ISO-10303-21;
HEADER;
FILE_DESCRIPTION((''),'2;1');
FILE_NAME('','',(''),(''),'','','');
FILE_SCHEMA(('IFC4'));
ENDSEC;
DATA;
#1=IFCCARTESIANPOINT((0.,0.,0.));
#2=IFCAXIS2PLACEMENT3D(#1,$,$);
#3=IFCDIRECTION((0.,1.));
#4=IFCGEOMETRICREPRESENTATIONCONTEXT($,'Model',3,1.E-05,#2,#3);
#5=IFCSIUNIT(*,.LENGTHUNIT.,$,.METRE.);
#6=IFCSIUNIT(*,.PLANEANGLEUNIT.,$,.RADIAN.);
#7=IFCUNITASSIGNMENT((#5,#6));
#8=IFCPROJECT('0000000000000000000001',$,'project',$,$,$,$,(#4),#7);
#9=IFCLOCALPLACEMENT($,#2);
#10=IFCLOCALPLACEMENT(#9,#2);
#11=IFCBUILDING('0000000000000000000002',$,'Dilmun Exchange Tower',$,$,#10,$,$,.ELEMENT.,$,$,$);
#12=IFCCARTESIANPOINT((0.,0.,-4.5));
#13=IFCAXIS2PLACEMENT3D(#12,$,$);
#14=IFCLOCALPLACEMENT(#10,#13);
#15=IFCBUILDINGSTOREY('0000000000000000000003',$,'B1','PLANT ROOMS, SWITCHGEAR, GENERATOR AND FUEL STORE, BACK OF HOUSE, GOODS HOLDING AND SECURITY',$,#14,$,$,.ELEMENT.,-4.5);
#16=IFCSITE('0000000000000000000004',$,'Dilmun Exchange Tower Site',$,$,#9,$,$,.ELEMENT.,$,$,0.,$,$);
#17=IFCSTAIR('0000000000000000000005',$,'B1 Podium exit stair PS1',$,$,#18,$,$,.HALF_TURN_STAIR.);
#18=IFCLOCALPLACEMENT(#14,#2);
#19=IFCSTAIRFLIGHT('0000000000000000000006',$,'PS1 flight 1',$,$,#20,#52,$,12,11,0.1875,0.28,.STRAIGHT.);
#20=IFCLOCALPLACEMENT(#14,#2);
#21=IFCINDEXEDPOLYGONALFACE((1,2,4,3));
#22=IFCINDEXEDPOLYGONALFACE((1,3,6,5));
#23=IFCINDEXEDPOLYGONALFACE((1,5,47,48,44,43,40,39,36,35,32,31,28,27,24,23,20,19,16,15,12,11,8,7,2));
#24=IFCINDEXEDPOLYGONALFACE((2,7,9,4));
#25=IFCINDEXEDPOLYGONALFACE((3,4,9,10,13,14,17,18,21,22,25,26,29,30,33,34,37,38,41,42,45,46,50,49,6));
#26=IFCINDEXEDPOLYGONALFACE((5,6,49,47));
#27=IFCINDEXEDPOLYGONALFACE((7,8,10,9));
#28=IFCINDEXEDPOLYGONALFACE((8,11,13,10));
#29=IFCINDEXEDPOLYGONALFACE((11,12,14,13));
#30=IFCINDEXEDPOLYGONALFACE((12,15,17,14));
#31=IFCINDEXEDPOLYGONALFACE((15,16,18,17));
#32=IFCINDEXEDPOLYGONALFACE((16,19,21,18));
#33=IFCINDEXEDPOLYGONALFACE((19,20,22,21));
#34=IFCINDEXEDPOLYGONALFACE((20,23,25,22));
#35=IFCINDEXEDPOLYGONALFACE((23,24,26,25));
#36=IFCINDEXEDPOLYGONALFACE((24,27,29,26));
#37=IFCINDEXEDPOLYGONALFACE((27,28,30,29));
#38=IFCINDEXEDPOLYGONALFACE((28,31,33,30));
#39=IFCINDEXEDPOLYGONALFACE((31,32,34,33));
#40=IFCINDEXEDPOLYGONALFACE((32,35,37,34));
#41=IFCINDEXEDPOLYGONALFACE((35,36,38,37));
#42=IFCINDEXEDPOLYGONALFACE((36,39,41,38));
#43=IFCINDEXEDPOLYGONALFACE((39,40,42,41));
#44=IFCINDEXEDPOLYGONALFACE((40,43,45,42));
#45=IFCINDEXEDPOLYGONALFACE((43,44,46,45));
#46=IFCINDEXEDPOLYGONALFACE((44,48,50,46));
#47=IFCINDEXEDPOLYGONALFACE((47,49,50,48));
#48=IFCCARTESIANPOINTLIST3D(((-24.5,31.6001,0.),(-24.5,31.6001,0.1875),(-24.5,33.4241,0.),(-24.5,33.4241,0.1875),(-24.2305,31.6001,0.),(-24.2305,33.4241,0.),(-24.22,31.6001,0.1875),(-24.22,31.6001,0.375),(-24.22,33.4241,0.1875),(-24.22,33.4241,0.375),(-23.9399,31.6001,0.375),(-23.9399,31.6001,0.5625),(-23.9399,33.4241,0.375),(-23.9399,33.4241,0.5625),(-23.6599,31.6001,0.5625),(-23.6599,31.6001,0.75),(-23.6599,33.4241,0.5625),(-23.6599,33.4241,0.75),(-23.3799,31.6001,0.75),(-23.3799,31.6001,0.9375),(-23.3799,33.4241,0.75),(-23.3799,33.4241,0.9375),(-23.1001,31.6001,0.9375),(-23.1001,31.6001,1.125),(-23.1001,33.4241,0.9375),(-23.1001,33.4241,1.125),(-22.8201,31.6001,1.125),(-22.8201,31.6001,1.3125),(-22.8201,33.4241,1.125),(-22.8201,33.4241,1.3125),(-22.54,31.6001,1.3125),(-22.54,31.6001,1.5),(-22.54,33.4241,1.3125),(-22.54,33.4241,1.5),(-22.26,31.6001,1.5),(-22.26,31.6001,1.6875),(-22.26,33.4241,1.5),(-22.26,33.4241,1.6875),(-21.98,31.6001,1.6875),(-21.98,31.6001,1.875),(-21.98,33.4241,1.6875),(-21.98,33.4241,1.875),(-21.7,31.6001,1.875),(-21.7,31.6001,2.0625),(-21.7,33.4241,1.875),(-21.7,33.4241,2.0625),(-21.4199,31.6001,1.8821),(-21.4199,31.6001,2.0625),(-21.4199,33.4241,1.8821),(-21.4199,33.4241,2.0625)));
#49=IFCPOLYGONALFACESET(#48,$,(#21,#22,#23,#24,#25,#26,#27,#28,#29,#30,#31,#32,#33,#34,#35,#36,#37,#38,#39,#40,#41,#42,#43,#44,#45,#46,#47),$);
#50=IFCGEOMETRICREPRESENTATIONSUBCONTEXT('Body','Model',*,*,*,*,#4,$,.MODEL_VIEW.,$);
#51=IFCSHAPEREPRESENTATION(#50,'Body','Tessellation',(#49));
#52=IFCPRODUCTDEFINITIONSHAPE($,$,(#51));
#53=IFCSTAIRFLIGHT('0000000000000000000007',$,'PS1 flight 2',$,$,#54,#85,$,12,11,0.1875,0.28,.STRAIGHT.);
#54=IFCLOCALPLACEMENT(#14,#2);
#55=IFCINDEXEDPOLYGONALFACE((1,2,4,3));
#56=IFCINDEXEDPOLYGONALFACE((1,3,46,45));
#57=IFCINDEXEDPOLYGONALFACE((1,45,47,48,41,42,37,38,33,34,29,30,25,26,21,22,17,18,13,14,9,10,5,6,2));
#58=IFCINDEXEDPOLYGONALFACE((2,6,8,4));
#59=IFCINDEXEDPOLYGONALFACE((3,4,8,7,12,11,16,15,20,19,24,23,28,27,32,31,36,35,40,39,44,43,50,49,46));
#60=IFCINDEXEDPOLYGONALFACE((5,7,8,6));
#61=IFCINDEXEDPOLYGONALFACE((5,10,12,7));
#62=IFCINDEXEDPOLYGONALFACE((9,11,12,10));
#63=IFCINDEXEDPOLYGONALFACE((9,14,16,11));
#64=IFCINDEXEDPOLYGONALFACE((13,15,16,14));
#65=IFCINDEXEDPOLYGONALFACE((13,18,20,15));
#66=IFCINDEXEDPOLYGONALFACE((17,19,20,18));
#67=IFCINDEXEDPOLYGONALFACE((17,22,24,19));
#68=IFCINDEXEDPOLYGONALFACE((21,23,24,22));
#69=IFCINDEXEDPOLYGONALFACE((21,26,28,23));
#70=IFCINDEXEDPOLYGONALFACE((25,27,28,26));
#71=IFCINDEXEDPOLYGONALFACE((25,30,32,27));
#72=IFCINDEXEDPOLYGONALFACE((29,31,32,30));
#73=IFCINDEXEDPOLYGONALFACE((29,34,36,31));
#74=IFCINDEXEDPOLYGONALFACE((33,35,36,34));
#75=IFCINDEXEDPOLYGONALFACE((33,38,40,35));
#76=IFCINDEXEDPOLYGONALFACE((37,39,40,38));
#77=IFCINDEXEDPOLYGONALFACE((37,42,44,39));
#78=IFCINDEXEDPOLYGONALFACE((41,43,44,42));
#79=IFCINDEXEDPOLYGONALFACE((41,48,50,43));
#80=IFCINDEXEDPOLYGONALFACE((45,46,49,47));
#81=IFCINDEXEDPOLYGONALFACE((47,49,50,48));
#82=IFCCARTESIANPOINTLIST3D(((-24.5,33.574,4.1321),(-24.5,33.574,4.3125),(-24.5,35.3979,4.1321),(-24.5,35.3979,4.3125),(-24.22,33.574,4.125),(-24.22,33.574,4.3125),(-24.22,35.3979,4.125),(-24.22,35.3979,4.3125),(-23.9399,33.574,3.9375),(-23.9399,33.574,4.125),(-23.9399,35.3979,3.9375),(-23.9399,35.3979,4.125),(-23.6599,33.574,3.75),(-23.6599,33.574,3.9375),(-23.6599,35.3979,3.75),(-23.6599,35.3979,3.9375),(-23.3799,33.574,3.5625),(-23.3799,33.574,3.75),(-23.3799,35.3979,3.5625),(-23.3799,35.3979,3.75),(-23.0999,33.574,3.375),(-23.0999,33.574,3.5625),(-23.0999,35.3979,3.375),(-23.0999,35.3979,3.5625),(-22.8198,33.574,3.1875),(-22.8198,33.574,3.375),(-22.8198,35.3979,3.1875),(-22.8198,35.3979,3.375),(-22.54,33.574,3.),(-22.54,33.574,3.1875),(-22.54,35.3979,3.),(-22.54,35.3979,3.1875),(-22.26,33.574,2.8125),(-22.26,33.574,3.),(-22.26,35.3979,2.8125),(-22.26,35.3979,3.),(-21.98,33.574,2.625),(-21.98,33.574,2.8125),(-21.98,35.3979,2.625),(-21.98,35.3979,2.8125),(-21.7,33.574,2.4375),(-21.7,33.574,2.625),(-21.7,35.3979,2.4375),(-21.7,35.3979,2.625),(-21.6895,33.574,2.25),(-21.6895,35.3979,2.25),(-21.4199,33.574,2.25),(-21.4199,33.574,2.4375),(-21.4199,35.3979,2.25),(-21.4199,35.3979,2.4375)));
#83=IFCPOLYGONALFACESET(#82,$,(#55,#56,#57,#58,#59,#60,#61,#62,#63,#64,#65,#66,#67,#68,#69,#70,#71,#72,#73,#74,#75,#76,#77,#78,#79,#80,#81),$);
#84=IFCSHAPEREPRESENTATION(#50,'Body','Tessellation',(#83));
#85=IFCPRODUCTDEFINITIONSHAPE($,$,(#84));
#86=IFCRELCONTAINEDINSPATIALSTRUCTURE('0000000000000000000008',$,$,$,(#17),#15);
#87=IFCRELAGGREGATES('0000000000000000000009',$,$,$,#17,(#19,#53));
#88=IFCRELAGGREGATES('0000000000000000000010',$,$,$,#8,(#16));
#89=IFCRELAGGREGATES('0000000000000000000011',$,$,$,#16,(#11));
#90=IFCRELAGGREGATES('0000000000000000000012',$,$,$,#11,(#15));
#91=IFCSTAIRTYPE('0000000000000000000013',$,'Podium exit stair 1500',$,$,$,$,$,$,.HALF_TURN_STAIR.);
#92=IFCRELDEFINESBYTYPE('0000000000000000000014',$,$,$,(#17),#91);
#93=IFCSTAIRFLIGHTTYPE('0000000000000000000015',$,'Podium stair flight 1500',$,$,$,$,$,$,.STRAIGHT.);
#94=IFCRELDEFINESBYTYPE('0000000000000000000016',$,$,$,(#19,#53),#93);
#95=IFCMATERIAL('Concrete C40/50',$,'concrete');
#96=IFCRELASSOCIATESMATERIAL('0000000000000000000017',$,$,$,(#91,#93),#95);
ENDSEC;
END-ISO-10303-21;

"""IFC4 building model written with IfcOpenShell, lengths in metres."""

from ifc_helpers import new_model, si_unit, direction, frame, origin, place, context, subcontext, project, spatial, polyline, outline, extrude, material, type_object, element, aggregate, save


model = new_model("IFC4")

# Units and contexts
model_context = context("Model", 3, precision=1e-05, world=origin(), true_north=direction((0.0, 1.0)))
body_context = subcontext(model_context, "Body", "Model", "MODEL_VIEW")
ifc_project = project(units=[si_unit("LENGTHUNIT", "METRE"), si_unit("PLANEANGLEUNIT", "RADIAN")], contexts=[model_context])

# Site, building, storey
site_placement = place(None, origin())
site = spatial("IfcSite", under=ifc_project, at=site_placement, Name="Dilmun Exchange Tower Site", CompositionType="ELEMENT", RefElevation=0.0)
building_placement = place(site_placement, origin())
building = spatial("IfcBuilding", under=site, at=building_placement, Name="Dilmun Exchange Tower", CompositionType="ELEMENT")
storey_placement = place(building_placement, frame((0.0, 0.0, -4.5)))
storey = spatial("IfcBuildingStorey", under=building, at=storey_placement, Name="B1", Description="PLANT ROOMS, SWITCHGEAR, GENERATOR AND FUEL STORE, BACK OF HOUSE, GOODS HOLDING AND SECURITY", CompositionType="ELEMENT", Elevation=-4.5)

# Shared definitions
ifc_material_1 = material(Name="Concrete C40/50", Category="concrete")

# Stair, stair flights
stair_type = type_object("IfcStairType", Name="Podium exit stair 1500", PredefinedType="HALF_TURN_STAIR", material=ifc_material_1)
stair_placement = place(storey_placement, origin())
stair = element("IfcStair", 1, at=stair_placement, inside=storey, type_object=stair_type, Name="B1 Podium exit stair PS1", PredefinedType="HALF_TURN_STAIR")
stair_flight_type = type_object("IfcStairFlightType", Name="Podium stair flight 1500", PredefinedType="STRAIGHT", material=ifc_material_1)
stair_flight_1_placement = place(storey_placement, frame((-24.5, 32.512, 0.0), z_axis=(0.0, 0.0, 1.0), x_axis=(1.0, 0.0, 0.0)))
stair_flight_1 = element("IfcStairFlight", 2, at=stair_flight_1_placement, type_object=stair_flight_type, Name="PS1 flight 1", NumberOfRisers=12, NumberOfTreads=11, PredefinedType="STRAIGHT", RiserHeight=0.1875, TreadLength=0.28, context=body_context, shape_type="SweptSolid", body=[
    extrude(outline(polyline([(0.0, 0.0), (0.0, 0.1875), (0.28, 0.1875), (0.28, 0.375), (0.5601, 0.375), (0.5601, 0.5625), (0.8401, 0.5625), (0.8401, 0.75), (1.1201, 0.75), (1.1201, 0.9375), (1.3999, 0.9375), (1.3999, 1.125), (1.6799, 1.125), (1.6799, 1.3125), (1.96, 1.3125), (1.96, 1.5), (2.24, 1.5), (2.24, 1.6875), (2.52, 1.6875), (2.52, 1.875), (2.8, 1.875), (2.8, 2.0625), (3.0801, 2.0625), (3.0801, 2.25), (3.0801, 1.8821), (0.2695, 0.0), (0.0, 0.0)])), frame((0.0, 0.9121, 0.0), z_axis=(0.0, -1.0, 0.0), x_axis=(1.0, 0.0, 0.0)), (0.0, 0.0, 1.0), 1.824),
])
stair_flight_2_placement = place(storey_placement, frame((-21.4199, 34.4861, 2.25), z_axis=(0.0, 0.0, 1.0), x_axis=(-1.0, 0.0, 0.0)))
stair_flight_2 = element("IfcStairFlight", 3, at=stair_flight_2_placement, type_object=stair_flight_type, Name="PS1 flight 2", NumberOfRisers=12, NumberOfTreads=11, PredefinedType="STRAIGHT", RiserHeight=0.1875, TreadLength=0.28, context=body_context, shape_type="SweptSolid", body=[
    extrude(outline(polyline([(0.0, 0.0), (0.0, 0.1875), (0.28, 0.1875), (0.28, 0.375), (0.5601, 0.375), (0.5601, 0.5625), (0.8401, 0.5625), (0.8401, 0.75), (1.1201, 0.75), (1.1201, 0.9375), (1.3999, 0.9375), (1.3999, 1.125), (1.6799, 1.125), (1.6799, 1.3125), (1.96, 1.3125), (1.96, 1.5), (2.24, 1.5), (2.24, 1.6875), (2.52, 1.6875), (2.52, 1.875), (2.8, 1.875), (2.8, 2.0625), (3.0801, 2.0625), (3.0801, 2.25), (3.0801, 1.8821), (0.2695, 0.0), (0.0, 0.0)])), frame((0.0, 0.9121, 0.0), z_axis=(0.0, -1.0, 0.0), x_axis=(1.0, 0.0, 0.0)), (0.0, 0.0, 1.0), 1.824),
])
aggregate(stair, [stair_flight_1, stair_flight_2])

save(model, "model.ifc")
